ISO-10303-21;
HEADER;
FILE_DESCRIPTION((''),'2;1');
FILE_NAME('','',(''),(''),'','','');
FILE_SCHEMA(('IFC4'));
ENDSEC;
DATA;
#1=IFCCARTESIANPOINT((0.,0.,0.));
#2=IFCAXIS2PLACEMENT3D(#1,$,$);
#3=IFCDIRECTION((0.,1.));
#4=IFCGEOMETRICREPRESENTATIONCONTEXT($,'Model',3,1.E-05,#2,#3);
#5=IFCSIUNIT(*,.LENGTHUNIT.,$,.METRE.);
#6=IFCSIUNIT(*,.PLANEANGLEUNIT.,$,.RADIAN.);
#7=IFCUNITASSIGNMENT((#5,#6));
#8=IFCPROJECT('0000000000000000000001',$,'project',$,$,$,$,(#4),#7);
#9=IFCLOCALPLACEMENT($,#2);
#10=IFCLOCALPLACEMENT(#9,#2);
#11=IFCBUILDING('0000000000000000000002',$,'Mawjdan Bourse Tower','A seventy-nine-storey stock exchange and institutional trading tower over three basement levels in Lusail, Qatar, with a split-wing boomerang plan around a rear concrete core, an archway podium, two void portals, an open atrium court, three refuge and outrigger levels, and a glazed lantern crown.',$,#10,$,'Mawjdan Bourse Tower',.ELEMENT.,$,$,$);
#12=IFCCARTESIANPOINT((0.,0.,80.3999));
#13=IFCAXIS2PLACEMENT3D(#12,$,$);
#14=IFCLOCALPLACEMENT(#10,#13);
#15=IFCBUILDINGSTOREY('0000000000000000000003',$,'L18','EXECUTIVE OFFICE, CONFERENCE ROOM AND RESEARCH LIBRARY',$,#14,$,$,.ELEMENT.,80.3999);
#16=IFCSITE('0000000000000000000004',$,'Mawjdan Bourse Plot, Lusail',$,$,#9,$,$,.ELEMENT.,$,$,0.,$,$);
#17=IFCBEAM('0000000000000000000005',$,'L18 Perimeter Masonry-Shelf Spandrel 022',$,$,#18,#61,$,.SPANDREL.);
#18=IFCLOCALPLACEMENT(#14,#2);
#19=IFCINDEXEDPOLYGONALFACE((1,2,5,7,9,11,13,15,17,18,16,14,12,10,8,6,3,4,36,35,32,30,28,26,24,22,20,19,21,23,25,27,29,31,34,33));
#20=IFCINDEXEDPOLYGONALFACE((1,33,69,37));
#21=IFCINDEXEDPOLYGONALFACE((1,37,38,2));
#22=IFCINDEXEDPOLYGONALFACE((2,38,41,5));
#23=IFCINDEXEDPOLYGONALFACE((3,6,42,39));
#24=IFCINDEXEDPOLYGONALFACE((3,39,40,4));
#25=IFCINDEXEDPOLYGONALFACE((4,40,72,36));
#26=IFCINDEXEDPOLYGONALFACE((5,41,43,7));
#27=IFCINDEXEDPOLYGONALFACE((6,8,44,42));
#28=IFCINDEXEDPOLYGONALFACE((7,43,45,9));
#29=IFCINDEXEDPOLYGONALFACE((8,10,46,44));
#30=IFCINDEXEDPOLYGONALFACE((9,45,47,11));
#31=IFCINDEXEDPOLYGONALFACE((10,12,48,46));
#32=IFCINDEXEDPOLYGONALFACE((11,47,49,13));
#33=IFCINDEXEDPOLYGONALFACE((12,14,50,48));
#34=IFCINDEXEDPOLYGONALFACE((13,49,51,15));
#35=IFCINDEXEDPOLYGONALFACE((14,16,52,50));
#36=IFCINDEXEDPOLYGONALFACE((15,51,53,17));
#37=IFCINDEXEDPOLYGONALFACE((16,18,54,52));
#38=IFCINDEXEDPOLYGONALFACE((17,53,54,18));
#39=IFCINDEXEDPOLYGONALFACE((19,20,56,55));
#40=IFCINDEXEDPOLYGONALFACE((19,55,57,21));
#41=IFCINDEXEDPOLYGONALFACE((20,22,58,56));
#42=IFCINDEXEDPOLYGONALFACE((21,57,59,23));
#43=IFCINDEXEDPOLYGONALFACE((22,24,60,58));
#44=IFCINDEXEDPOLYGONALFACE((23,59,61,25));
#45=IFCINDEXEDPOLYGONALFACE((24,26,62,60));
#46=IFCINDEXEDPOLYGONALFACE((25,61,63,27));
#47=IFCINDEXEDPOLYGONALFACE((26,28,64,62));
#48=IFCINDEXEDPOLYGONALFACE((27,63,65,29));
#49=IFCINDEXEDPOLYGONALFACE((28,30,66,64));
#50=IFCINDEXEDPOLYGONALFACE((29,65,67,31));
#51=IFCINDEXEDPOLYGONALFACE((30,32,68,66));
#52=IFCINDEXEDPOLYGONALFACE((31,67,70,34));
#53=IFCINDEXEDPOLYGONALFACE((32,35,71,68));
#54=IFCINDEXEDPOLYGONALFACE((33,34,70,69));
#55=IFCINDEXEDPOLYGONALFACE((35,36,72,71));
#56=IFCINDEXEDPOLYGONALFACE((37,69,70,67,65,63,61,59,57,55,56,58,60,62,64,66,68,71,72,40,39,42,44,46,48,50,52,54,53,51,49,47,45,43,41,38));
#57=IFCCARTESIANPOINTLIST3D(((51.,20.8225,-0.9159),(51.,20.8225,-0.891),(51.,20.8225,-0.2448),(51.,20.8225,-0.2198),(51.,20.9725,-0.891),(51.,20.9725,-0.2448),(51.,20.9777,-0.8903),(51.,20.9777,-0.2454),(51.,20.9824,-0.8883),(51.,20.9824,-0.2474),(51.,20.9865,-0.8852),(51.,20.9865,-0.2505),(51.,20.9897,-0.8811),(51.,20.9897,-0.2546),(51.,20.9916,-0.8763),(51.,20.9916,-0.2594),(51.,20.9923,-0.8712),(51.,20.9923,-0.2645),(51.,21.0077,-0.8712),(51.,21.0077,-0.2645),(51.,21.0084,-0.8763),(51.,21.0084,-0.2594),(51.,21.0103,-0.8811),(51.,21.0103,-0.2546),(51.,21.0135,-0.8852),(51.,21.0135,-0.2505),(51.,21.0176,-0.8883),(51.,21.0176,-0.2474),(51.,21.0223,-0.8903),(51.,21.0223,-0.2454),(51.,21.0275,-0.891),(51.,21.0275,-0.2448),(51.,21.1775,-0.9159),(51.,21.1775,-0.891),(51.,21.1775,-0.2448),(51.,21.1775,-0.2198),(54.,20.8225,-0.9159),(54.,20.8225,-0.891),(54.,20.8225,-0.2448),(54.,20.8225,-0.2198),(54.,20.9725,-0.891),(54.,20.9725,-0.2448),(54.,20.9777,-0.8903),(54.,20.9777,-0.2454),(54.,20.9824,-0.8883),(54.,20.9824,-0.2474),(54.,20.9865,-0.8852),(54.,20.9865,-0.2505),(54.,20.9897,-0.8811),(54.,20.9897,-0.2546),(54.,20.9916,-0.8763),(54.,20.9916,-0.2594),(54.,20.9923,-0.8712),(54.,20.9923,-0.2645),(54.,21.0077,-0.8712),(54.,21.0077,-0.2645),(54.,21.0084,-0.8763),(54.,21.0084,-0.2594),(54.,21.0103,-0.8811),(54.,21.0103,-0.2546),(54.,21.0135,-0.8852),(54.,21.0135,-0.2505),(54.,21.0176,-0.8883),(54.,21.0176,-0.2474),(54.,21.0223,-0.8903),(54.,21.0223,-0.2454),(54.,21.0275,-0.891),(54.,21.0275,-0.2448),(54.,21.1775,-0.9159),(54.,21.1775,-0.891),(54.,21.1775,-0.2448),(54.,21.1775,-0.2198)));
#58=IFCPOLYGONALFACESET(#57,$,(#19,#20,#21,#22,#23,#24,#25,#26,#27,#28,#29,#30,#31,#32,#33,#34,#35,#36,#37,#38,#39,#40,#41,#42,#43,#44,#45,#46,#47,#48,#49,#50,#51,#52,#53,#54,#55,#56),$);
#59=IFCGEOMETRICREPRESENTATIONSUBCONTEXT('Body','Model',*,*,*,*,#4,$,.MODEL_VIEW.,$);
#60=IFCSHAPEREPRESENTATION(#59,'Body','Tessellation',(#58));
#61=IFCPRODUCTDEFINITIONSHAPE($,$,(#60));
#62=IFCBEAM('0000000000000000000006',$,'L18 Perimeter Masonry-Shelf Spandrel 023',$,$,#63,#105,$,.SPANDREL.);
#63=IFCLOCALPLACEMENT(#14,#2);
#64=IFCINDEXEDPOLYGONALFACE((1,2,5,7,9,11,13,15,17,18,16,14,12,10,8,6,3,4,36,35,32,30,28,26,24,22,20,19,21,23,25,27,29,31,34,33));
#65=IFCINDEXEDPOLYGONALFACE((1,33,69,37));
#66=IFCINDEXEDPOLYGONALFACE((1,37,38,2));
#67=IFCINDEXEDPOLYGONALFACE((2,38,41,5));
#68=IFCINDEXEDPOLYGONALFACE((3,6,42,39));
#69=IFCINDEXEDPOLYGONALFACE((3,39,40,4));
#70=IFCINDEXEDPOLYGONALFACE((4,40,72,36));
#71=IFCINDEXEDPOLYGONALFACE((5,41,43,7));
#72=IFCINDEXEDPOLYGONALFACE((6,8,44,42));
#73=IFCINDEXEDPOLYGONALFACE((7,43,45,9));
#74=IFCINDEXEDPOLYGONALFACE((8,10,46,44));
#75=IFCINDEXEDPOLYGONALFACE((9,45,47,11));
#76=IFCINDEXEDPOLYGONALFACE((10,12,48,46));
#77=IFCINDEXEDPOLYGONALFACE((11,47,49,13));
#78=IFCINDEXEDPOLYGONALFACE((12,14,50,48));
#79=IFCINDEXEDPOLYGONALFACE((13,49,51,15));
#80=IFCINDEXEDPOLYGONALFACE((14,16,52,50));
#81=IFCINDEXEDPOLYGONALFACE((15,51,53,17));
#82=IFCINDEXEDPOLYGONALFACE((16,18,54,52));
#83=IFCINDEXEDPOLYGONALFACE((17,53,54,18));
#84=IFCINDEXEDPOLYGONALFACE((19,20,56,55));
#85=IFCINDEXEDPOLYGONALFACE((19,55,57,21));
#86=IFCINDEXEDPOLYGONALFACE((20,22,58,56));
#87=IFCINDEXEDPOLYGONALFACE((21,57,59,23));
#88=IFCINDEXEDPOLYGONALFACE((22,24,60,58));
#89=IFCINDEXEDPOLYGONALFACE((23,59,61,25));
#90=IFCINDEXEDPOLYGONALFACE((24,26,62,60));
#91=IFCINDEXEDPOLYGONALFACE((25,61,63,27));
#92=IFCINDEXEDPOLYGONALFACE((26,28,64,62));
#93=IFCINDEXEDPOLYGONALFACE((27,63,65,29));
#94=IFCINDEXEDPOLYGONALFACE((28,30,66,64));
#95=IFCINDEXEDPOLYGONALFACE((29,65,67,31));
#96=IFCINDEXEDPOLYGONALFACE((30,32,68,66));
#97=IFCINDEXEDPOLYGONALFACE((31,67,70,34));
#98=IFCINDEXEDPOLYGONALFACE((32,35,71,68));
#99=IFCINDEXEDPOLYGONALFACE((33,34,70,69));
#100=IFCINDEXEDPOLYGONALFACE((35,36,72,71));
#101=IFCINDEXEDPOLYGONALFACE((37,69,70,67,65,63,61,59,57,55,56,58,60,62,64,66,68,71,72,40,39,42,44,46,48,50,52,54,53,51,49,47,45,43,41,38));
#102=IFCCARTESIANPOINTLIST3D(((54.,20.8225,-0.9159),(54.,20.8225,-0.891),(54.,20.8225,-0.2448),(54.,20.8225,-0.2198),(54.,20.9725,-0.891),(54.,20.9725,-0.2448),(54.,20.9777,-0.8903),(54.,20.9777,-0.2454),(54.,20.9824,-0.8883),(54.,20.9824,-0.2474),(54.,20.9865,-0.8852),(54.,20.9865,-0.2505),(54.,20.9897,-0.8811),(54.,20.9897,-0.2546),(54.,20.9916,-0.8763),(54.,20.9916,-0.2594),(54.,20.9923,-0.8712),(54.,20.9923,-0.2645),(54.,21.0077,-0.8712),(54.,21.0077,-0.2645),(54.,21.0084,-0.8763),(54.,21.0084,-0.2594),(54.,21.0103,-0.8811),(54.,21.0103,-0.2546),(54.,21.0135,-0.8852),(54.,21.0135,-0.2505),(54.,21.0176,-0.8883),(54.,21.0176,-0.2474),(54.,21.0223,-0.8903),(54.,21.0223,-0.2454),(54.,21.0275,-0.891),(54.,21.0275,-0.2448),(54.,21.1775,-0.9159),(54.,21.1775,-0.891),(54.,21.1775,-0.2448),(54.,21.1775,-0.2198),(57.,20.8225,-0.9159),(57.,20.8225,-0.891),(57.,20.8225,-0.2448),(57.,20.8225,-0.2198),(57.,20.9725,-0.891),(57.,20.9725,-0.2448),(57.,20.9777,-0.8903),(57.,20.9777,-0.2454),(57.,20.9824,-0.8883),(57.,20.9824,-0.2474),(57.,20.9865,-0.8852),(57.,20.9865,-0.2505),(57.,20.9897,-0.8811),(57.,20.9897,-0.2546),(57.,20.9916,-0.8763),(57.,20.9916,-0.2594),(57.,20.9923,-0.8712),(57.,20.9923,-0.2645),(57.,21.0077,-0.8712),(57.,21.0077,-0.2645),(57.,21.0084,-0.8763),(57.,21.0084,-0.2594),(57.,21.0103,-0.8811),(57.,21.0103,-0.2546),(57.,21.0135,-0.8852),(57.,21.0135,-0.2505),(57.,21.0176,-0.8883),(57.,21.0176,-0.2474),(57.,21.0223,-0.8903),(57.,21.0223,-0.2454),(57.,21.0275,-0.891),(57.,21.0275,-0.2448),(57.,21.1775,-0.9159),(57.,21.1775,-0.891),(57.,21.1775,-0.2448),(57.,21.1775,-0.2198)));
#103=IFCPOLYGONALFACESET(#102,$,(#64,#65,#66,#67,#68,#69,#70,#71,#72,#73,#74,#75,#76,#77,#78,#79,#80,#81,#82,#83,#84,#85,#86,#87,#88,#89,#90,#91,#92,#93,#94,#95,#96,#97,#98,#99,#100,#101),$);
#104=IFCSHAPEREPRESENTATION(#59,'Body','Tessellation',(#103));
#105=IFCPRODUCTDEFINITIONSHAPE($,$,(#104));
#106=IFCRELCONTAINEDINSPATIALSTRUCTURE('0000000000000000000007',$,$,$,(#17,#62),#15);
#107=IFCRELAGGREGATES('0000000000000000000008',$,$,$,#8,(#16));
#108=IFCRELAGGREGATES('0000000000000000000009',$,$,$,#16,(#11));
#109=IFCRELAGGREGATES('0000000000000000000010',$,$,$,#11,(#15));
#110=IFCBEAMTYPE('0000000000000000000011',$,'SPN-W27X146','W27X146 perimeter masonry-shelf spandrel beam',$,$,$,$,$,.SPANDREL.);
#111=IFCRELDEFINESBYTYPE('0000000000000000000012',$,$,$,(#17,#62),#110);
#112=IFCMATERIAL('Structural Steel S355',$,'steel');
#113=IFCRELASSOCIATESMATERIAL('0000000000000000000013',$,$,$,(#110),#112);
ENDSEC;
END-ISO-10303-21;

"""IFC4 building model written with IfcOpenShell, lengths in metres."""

from ifc_helpers import new_model, si_unit, direction, frame, origin, origin_2d, place, context, subcontext, project, spatial, i_section, extrude, material, material_profile, profile_set, type_object, element, save


model = new_model("IFC4")

# Units and contexts
model_context = context("Model", 3, precision=1e-05, world=origin(), true_north=direction((0.0, 1.0)))
body_context = subcontext(model_context, "Body", "Model", "MODEL_VIEW")
ifc_project = project(units=[si_unit("LENGTHUNIT", "METRE"), si_unit("PLANEANGLEUNIT", "RADIAN")], contexts=[model_context])

# Site, building, storey
site_placement = place(None, origin())
site = spatial("IfcSite", under=ifc_project, at=site_placement, Name="Mawjdan Bourse Plot, Lusail", CompositionType="ELEMENT", RefElevation=0.0)
building_placement = place(site_placement, origin())
building = spatial("IfcBuilding", under=site, at=building_placement, Name="Mawjdan Bourse Tower", Description="A seventy-nine-storey stock exchange and institutional trading tower over three basement levels in Lusail, Qatar, with a split-wing boomerang plan around a rear concrete core, an archway podium, two void portals, an open atrium court, three refuge and outrigger levels, and a glazed lantern crown.", LongName="Mawjdan Bourse Tower", CompositionType="ELEMENT")
storey_placement = place(building_placement, frame((0.0, 0.0, 80.3999)))
storey = spatial("IfcBuildingStorey", under=building, at=storey_placement, Name="L18", Description="EXECUTIVE OFFICE, CONFERENCE ROOM AND RESEARCH LIBRARY", CompositionType="ELEMENT", Elevation=80.3999)

# Beams
ifc_material_1 = material(Name="Structural Steel S355", Category="steel")
ifc_material_profile_1 = material_profile(ifc_material_1, i_section(OverallWidth=0.355, OverallDepth=0.696, WebThickness=0.0154, FlangeThickness=0.0249, FilletRadius=0.0198, at=origin_2d()), Name="W27X146")
ifc_profile_set_1 = profile_set([ifc_material_profile_1], Name="Structural Steel S355")
beam_type_1 = type_object("IfcBeamType", Name="SPN-W27X146", Description="W27X146 perimeter masonry-shelf spandrel beam", PredefinedType="SPANDREL", material=ifc_profile_set_1)
for number, where, z_axis, x_axis, name in (
    (1, (51.0, 21.0, -0.5679), (1.0, 0.0, 0.0), (0.0, 1.0, 0.0), "L18 Perimeter Masonry-Shelf Spandrel 022"),
    (2, (54.0, 21.0, -0.5679), (1.0, 0.0, 0.0), (0.0, 1.0, 0.0), "L18 Perimeter Masonry-Shelf Spandrel 023"),
):
    element("IfcBeam", number, at=place(storey_placement, frame(where, z_axis=z_axis, x_axis=x_axis)), inside=storey, type_object=beam_type_1, Name=name, PredefinedType="SPANDREL", context=body_context, shape_type="SweptSolid", body=[
        extrude(i_section(OverallWidth=0.355, OverallDepth=0.696, WebThickness=0.0154, FlangeThickness=0.0249, FilletRadius=0.0198, at=origin_2d()), origin(), (0.0, 0.0, 1.0), 3.0),
    ])

save(model, "model.ifc")
